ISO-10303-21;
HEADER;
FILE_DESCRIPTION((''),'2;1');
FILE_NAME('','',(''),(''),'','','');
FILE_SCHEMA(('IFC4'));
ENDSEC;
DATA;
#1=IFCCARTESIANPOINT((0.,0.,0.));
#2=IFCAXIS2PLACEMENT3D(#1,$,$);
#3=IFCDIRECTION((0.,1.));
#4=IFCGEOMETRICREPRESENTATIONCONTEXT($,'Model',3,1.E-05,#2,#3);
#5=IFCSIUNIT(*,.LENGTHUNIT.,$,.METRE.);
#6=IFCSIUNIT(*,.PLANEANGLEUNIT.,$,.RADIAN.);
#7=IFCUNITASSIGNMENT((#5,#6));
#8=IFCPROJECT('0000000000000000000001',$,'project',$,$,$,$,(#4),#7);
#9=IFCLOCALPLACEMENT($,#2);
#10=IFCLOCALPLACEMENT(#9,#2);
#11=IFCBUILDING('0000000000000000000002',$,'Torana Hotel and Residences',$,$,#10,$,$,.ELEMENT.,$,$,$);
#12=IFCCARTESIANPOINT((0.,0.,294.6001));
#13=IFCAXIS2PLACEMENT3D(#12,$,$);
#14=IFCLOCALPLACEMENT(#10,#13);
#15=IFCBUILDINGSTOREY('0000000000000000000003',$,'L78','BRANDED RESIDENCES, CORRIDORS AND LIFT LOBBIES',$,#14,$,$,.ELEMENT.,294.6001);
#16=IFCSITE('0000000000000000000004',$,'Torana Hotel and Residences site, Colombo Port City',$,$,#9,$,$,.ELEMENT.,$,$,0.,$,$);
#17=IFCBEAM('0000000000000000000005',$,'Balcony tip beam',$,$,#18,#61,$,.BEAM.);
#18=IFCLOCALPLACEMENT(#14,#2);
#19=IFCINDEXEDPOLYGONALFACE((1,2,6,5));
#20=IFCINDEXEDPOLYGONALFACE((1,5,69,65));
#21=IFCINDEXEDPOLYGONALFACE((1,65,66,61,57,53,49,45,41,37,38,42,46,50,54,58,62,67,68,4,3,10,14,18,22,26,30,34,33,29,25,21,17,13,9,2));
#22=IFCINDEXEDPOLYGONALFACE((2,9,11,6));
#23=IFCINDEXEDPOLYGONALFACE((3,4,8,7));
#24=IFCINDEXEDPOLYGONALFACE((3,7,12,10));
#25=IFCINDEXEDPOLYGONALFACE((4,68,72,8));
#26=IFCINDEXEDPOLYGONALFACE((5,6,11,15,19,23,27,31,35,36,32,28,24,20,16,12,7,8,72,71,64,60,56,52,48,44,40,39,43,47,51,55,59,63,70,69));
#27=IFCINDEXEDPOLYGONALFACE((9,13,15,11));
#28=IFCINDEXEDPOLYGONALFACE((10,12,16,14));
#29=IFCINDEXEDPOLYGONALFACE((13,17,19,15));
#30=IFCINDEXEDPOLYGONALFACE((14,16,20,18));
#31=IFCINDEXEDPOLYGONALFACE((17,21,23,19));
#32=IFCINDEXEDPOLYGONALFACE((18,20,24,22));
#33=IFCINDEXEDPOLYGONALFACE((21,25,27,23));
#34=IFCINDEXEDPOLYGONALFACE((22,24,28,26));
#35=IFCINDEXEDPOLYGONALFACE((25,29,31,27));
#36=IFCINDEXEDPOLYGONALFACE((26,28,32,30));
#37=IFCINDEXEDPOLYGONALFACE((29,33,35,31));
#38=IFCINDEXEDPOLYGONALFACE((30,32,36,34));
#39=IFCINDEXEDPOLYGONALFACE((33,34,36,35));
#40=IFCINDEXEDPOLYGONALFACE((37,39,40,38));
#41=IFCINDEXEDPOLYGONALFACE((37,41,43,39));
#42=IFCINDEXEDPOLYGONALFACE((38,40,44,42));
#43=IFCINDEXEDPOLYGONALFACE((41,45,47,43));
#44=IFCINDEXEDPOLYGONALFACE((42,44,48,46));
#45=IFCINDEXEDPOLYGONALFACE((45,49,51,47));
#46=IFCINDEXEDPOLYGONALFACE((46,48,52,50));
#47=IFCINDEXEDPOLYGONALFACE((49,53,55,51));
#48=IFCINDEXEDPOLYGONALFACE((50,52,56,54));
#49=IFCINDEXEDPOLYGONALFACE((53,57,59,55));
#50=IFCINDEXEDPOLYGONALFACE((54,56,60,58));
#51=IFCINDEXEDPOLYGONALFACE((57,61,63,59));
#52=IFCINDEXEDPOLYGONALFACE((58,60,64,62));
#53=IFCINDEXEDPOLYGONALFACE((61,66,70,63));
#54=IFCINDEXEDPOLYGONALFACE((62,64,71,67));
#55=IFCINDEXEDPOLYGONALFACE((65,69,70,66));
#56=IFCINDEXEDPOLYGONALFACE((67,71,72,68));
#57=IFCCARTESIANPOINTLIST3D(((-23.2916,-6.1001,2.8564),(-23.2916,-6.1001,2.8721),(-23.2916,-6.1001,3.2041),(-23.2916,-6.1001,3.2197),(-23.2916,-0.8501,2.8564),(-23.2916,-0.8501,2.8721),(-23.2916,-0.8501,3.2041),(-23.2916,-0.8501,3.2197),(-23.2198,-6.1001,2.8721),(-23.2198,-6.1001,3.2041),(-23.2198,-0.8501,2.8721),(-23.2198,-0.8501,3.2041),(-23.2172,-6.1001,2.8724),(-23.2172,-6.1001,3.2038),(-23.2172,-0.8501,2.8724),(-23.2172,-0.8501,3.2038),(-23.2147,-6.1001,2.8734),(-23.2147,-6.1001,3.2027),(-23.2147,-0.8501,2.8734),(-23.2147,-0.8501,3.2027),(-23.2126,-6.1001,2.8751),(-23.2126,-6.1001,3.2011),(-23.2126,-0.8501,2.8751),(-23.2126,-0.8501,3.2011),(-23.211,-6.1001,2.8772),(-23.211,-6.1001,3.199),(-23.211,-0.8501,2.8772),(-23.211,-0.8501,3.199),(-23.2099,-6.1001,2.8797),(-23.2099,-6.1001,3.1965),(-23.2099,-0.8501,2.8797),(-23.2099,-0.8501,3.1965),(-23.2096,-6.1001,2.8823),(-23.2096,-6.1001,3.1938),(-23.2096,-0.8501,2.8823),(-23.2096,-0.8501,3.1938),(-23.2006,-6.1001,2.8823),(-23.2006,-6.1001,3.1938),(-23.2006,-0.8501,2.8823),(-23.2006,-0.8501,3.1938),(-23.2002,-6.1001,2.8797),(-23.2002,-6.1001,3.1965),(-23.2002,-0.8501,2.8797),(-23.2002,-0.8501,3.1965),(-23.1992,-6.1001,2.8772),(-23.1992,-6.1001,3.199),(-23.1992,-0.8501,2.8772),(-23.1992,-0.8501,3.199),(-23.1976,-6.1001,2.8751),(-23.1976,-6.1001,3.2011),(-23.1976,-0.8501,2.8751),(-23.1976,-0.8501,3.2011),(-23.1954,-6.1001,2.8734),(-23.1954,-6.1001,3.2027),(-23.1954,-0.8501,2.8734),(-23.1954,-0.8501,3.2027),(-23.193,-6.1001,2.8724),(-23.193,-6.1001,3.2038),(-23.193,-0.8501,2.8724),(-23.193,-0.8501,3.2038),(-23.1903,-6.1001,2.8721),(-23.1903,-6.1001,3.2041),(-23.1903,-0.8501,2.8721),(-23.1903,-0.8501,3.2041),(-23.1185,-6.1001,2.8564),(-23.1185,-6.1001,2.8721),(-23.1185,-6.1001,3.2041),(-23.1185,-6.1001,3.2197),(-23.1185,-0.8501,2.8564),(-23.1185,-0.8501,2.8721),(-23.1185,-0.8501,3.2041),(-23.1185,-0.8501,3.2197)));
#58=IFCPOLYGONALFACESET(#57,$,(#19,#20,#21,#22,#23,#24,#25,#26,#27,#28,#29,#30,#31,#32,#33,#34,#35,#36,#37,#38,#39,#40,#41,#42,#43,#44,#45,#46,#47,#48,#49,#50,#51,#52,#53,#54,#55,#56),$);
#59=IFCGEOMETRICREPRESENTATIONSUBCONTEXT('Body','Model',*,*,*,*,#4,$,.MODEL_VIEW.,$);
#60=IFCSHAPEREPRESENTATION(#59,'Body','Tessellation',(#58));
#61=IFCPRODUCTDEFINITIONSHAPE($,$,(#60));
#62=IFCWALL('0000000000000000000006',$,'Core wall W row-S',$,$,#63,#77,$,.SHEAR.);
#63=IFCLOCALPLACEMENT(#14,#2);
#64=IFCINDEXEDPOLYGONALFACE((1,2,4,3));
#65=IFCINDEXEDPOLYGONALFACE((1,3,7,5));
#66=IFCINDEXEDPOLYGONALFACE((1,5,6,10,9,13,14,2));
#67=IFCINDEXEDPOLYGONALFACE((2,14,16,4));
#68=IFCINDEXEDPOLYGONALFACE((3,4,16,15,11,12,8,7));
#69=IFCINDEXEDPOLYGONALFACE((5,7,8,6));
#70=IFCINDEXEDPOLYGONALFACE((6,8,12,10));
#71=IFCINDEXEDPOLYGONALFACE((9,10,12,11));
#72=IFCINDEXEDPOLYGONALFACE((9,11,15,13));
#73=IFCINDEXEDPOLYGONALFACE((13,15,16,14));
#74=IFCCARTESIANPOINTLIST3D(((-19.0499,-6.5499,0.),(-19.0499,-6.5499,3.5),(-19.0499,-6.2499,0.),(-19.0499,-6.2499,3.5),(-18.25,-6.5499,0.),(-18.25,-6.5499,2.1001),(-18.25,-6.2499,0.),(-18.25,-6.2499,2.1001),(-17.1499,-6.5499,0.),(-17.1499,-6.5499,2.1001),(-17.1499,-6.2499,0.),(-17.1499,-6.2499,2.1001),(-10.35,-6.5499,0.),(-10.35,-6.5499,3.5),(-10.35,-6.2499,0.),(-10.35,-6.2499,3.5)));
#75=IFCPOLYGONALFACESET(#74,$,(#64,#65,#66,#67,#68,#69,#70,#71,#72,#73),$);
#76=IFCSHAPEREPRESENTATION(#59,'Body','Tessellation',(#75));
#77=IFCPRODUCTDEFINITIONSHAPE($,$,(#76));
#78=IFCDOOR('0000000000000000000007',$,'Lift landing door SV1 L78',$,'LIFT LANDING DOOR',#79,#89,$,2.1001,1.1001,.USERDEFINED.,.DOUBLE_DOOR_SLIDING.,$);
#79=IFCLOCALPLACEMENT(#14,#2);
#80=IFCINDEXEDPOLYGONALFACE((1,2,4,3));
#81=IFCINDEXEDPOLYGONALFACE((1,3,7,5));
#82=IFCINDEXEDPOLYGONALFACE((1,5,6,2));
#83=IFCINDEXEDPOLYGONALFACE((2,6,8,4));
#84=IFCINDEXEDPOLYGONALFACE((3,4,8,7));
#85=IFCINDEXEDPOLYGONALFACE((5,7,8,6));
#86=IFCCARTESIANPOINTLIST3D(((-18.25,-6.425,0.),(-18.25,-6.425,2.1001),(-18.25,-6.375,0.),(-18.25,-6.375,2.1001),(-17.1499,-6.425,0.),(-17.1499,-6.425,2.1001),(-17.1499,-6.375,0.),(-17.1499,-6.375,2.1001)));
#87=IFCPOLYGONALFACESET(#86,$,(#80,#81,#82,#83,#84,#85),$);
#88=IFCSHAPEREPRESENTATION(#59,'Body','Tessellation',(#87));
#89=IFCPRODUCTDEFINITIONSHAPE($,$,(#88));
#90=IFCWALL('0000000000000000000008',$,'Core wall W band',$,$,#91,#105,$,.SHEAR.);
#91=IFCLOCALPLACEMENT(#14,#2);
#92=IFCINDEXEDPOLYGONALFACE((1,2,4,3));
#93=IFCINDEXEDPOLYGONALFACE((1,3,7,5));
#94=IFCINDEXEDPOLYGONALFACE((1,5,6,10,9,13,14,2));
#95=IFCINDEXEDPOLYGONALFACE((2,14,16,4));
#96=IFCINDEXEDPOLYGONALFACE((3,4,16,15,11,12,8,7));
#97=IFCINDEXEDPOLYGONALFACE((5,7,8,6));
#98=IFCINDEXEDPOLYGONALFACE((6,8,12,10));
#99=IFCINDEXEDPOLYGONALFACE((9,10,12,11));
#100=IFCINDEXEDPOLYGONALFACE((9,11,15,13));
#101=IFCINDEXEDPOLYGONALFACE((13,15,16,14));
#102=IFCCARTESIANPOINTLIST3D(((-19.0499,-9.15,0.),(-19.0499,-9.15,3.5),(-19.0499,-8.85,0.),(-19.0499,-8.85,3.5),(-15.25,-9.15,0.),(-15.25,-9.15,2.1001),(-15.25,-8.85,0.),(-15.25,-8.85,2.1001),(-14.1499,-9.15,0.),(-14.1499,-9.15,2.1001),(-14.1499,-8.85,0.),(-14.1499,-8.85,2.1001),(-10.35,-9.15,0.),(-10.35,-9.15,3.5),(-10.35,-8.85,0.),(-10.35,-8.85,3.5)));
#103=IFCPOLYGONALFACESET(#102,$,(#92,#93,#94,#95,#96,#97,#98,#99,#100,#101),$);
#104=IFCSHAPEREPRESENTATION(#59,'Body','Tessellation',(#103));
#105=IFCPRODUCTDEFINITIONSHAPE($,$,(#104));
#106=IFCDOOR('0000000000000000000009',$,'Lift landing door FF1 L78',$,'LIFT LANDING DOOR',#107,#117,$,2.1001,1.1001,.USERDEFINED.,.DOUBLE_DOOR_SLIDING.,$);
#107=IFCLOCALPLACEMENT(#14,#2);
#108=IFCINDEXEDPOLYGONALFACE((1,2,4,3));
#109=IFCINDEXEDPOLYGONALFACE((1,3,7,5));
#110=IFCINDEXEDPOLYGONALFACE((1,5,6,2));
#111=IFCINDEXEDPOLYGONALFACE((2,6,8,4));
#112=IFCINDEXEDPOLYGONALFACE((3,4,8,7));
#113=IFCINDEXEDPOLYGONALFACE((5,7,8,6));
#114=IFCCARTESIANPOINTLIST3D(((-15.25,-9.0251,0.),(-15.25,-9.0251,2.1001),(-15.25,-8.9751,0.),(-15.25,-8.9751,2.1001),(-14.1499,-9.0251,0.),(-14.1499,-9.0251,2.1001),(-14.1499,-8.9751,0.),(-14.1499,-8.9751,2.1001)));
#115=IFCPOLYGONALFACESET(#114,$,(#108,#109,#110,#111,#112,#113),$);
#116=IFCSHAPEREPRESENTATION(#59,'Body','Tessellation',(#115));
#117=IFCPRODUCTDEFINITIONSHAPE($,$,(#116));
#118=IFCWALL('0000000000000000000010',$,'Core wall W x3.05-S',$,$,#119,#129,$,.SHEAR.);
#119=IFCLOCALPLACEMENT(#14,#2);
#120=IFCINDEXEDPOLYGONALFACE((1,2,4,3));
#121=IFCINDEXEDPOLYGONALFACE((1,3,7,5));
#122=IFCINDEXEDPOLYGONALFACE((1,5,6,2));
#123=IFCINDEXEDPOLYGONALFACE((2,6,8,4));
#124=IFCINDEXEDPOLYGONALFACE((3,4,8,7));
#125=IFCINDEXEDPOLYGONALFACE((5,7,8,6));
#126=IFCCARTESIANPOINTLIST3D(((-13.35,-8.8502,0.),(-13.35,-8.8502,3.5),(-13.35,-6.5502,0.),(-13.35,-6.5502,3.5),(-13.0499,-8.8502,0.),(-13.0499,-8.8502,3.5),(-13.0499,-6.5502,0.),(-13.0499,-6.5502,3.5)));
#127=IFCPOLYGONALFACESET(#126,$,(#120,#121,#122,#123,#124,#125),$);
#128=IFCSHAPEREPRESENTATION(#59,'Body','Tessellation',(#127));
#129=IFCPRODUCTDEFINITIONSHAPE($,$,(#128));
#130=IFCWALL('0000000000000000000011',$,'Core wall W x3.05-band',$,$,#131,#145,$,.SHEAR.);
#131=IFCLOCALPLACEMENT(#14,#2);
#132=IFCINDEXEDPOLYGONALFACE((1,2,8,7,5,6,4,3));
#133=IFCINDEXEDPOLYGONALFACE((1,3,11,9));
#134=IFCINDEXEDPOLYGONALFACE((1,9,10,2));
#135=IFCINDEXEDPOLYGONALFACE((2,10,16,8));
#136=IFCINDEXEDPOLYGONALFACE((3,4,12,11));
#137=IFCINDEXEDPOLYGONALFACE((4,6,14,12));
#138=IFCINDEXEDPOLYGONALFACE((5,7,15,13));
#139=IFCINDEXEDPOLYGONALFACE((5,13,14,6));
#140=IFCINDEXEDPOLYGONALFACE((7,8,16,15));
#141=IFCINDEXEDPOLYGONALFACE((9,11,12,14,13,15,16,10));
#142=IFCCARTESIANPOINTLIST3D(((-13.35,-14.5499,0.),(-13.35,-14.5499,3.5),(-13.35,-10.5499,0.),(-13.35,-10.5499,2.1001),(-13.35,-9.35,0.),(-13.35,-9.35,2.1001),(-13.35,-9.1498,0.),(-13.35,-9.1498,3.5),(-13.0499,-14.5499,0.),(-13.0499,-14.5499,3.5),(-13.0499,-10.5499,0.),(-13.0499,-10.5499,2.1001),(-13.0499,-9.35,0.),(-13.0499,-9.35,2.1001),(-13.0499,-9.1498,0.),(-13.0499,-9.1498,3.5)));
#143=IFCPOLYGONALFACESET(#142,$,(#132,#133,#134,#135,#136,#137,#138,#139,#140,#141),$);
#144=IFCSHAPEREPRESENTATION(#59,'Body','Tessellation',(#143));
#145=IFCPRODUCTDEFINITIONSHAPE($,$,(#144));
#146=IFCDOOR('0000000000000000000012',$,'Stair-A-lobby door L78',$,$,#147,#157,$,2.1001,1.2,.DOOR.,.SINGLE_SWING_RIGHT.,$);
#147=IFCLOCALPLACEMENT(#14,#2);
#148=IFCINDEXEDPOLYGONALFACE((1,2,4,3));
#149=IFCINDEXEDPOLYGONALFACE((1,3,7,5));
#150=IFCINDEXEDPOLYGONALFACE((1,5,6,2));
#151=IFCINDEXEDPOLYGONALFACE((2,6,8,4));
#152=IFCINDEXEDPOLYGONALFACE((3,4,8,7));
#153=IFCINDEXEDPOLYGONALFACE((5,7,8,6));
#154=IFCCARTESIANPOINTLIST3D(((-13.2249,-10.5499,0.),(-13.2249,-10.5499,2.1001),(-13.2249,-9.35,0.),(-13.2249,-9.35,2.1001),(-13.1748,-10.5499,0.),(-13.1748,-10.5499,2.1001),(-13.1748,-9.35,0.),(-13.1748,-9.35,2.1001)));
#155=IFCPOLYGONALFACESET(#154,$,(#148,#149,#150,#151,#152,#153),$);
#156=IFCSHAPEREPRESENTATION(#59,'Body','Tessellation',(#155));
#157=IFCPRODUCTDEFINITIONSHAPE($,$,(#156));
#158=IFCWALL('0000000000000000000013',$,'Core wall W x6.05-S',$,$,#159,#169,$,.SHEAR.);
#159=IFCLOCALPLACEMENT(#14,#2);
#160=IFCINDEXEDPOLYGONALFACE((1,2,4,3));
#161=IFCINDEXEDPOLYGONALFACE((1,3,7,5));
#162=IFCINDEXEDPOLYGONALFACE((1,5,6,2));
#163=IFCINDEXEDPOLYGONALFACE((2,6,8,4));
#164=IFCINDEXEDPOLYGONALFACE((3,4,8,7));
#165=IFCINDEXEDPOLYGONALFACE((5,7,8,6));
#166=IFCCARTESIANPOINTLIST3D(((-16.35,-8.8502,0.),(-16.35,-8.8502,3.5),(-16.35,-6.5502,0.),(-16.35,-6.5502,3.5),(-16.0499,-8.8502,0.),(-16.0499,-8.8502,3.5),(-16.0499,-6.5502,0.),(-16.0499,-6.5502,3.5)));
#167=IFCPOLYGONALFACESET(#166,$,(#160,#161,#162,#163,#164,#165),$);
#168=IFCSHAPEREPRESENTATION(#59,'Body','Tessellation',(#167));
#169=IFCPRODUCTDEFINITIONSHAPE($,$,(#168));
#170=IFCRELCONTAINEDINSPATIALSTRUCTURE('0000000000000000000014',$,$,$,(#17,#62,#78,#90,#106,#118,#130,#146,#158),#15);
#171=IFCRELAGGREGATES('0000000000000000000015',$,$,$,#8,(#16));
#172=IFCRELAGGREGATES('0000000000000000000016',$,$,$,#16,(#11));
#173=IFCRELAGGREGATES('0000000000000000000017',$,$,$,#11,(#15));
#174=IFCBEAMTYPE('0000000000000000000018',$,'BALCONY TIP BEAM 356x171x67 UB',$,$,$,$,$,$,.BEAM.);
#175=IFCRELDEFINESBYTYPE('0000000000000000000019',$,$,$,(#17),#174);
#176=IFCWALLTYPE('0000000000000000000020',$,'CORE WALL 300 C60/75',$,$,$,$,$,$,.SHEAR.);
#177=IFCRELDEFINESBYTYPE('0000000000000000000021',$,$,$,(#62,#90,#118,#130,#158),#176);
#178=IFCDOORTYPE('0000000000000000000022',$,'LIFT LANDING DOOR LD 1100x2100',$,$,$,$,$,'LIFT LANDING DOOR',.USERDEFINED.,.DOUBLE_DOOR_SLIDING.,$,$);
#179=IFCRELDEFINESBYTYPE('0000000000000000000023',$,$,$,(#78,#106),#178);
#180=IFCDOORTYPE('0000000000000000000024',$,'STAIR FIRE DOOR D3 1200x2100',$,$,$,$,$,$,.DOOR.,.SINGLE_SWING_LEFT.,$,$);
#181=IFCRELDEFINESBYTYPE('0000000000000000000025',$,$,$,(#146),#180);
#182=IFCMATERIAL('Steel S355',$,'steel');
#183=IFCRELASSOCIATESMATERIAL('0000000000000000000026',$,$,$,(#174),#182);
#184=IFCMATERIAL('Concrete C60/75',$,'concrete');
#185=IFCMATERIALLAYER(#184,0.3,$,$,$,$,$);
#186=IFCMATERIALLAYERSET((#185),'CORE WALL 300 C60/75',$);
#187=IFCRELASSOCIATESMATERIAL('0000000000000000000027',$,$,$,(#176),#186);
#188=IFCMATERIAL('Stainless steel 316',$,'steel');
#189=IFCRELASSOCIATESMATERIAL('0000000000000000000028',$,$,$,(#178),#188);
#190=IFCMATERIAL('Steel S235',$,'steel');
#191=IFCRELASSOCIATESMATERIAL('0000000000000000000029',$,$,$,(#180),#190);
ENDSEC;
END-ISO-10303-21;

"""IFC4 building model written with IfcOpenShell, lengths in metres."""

from ifc_helpers import new_model, si_unit, direction, frame, frame_2d, origin, origin_2d, place, context, subcontext, project, spatial, rectangle, i_section, extrude, material, layer, layer_set, material_profile, profile_set, type_object, element, fill, save


model = new_model("IFC4")

# Units and contexts
model_context = context("Model", 3, precision=1e-05, world=origin(), true_north=direction((0.0, 1.0)))
body_context = subcontext(model_context, "Body", "Model", "MODEL_VIEW")
ifc_project = project(units=[si_unit("LENGTHUNIT", "METRE"), si_unit("PLANEANGLEUNIT", "RADIAN")], contexts=[model_context])

# Site, building, storey
site_placement = place(None, origin())
site = spatial("IfcSite", under=ifc_project, at=site_placement, Name="Torana Hotel and Residences site, Colombo Port City", CompositionType="ELEMENT", RefElevation=0.0)
building_placement = place(site_placement, origin())
building = spatial("IfcBuilding", under=site, at=building_placement, Name="Torana Hotel and Residences", CompositionType="ELEMENT")
storey_placement = place(building_placement, frame((0.0, 0.0, 294.6001)))
storey = spatial("IfcBuildingStorey", under=building, at=storey_placement, Name="L78", Description="BRANDED RESIDENCES, CORRIDORS AND LIFT LOBBIES", CompositionType="ELEMENT", Elevation=294.6001)

# Beam
ifc_material_1 = material(Name="Steel S355", Category="steel")
ifc_material_profile = material_profile(ifc_material_1, i_section(OverallWidth=0.1731, OverallDepth=0.3633, WebThickness=0.009, FlangeThickness=0.0156, FilletRadius=0.0103, at=origin_2d()), Name="356x171x67 UB")
ifc_profile_set = profile_set([ifc_material_profile], Name="Steel S355")
beam_type = type_object("IfcBeamType", Name="BALCONY TIP BEAM 356x171x67 UB", PredefinedType="BEAM", material=ifc_profile_set)
beam_placement = place(storey_placement, frame((-23.2051, -6.1001, 3.0381), z_axis=(0.0, 1.0, 0.0), x_axis=(-1.0, 0.0, 0.0)))
element("IfcBeam", 1, at=beam_placement, inside=storey, type_object=beam_type, Name="Balcony tip beam", PredefinedType="BEAM", context=body_context, shape_type="SweptSolid", body=[
    extrude(i_section(OverallWidth=0.1731, OverallDepth=0.3633, WebThickness=0.009, FlangeThickness=0.0156, FilletRadius=0.0103, at=origin_2d()), origin(), (0.0, 0.0, 1.0), 5.25),
])

# Walls, openings, doors
ifc_material_2 = material(Name="Concrete C60/75", Category="concrete")
ifc_layer_1 = layer(ifc_material_2, 0.3)
ifc_layer_set_1 = layer_set([ifc_layer_1], Name="CORE WALL 300 C60/75")
wall_type_1 = type_object("IfcWallType", Name="CORE WALL 300 C60/75", PredefinedType="SHEAR", material=ifc_layer_set_1)
wall_1_placement = place(storey_placement, frame((-19.05, -6.3999, 0.0), z_axis=(0.0, 0.0, 1.0), x_axis=(1.0, 0.0, 0.0)))
wall_1 = element("IfcWall", 2, at=wall_1_placement, inside=storey, type_object=wall_type_1, Name="Core wall W row-S", PredefinedType="SHEAR", context=body_context, shape_type="SweptSolid", body=[
    extrude(rectangle(XDim=8.7, YDim=0.3, at=frame_2d((4.3501, 0.0))), origin(), (0.0, 0.0, 1.0), 3.5),
])
opening_1_placement = place(wall_1_placement, frame((0.8, 0.0, 0.0)))
opening_1 = element("IfcOpeningElement", 3, at=opening_1_placement, cuts=wall_1, PredefinedType="OPENING", context=body_context, shape_type="SweptSolid", body=[
    extrude(rectangle(XDim=1.1001, YDim=2.1001, at=frame_2d((0.55, 1.05))), frame((0.0, 0.1599, 0.0), z_axis=(0.0, -1.0, 0.0), x_axis=(1.0, 0.0, 0.0)), (0.0, 0.0, 1.0), 0.3201),
])
ifc_material_3 = material(Name="Stainless steel 316", Category="steel")
door_type_1 = type_object("IfcDoorType", Name="LIFT LANDING DOOR LD 1100x2100", ElementType="LIFT LANDING DOOR", OperationType="DOUBLE_DOOR_SLIDING", PredefinedType="USERDEFINED", material=ifc_material_3)
door_1_placement = place(opening_1_placement, origin())
door_1 = element("IfcDoor", 4, at=door_1_placement, inside=storey, type_object=door_type_1, Name="Lift landing door SV1 L78", ObjectType="LIFT LANDING DOOR", OperationType="DOUBLE_DOOR_SLIDING", OverallHeight=2.1001, OverallWidth=1.1001, PredefinedType="USERDEFINED", context=body_context, shape_type="SweptSolid", body=[
    extrude(rectangle(XDim=1.1001, YDim=2.1001, at=frame_2d((0.55, 1.05))), frame((0.0, 0.0249, 0.0), z_axis=(0.0, -1.0, 0.0), x_axis=(1.0, 0.0, 0.0)), (0.0, 0.0, 1.0), 0.05),
])
fill(opening_1, door_1)
wall_2_placement = place(storey_placement, frame((-19.05, -9.0, 0.0), z_axis=(0.0, 0.0, 1.0), x_axis=(1.0, 0.0, 0.0)))
wall_2 = element("IfcWall", 5, at=wall_2_placement, inside=storey, type_object=wall_type_1, Name="Core wall W band", PredefinedType="SHEAR", context=body_context, shape_type="SweptSolid", body=[
    extrude(rectangle(XDim=8.7, YDim=0.3, at=frame_2d((4.3501, 0.0))), origin(), (0.0, 0.0, 1.0), 3.5),
])
opening_2_placement = place(wall_2_placement, frame((3.8, 0.0, 0.0)))
opening_2 = element("IfcOpeningElement", 6, at=opening_2_placement, cuts=wall_2, PredefinedType="OPENING", context=body_context, shape_type="SweptSolid", body=[
    extrude(rectangle(XDim=1.1001, YDim=2.1001, at=frame_2d((0.55, 1.05))), frame((0.0, 0.1599, 0.0), z_axis=(0.0, -1.0, 0.0), x_axis=(1.0, 0.0, 0.0)), (0.0, 0.0, 1.0), 0.3201),
])
door_2_placement = place(opening_2_placement, origin())
door_2 = element("IfcDoor", 7, at=door_2_placement, inside=storey, type_object=door_type_1, Name="Lift landing door FF1 L78", ObjectType="LIFT LANDING DOOR", OperationType="DOUBLE_DOOR_SLIDING", OverallHeight=2.1001, OverallWidth=1.1001, PredefinedType="USERDEFINED", context=body_context, shape_type="SweptSolid", body=[
    extrude(rectangle(XDim=1.1001, YDim=2.1001, at=frame_2d((0.55, 1.05))), frame((0.0, 0.0249, 0.0), z_axis=(0.0, -1.0, 0.0), x_axis=(1.0, 0.0, 0.0)), (0.0, 0.0, 1.0), 0.05),
])
fill(opening_2, door_2)

# Wall
wall_3_placement = place(storey_placement, frame((-13.2, -8.8501, 0.0), z_axis=(0.0, 0.0, 1.0), x_axis=(0.0, 1.0, 0.0)))
element("IfcWall", 8, at=wall_3_placement, inside=storey, type_object=wall_type_1, Name="Core wall W x3.05-S", PredefinedType="SHEAR", context=body_context, shape_type="SweptSolid", body=[
    extrude(rectangle(XDim=2.3, YDim=0.3, at=frame_2d((1.1499, 0.0))), origin(), (0.0, 0.0, 1.0), 3.5),
])

# Wall, opening, door
wall_4_placement = place(storey_placement, frame((-13.2, -14.55, 0.0), z_axis=(0.0, 0.0, 1.0), x_axis=(0.0, 1.0, 0.0)))
wall_4 = element("IfcWall", 9, at=wall_4_placement, inside=storey, type_object=wall_type_1, Name="Core wall W x3.05-band", PredefinedType="SHEAR", context=body_context, shape_type="SweptSolid", body=[
    extrude(rectangle(XDim=5.4001, YDim=0.3, at=frame_2d((2.7002, 0.0))), origin(), (0.0, 0.0, 1.0), 3.5),
])
opening_3_placement = place(wall_4_placement, frame((4.0, 0.0, 0.0)))
opening_3 = element("IfcOpeningElement", 10, at=opening_3_placement, cuts=wall_4, PredefinedType="OPENING", context=body_context, shape_type="SweptSolid", body=[
    extrude(rectangle(XDim=1.2, YDim=2.1001, at=frame_2d((0.6001, 1.05))), frame((0.0, 0.1599, 0.0), z_axis=(0.0, -1.0, 0.0), x_axis=(1.0, 0.0, 0.0)), (0.0, 0.0, 1.0), 0.3201),
])
ifc_material_4 = material(Name="Steel S235", Category="steel")
door_type_2 = type_object("IfcDoorType", Name="STAIR FIRE DOOR D3 1200x2100", OperationType="SINGLE_SWING_LEFT", PredefinedType="DOOR", material=ifc_material_4)
door_3_placement = place(opening_3_placement, frame((0.6001, 0.0, 0.0), z_axis=(0.0, 0.0, 1.0), x_axis=(-1.0, 0.0, 0.0)))
door_3 = element("IfcDoor", 11, at=door_3_placement, inside=storey, type_object=door_type_2, Name="Stair-A-lobby door L78", OperationType="SINGLE_SWING_RIGHT", OverallHeight=2.1001, OverallWidth=1.2, PredefinedType="DOOR", context=body_context, shape_type="SweptSolid", body=[
    extrude(rectangle(XDim=1.2, YDim=2.1001, at=frame_2d((0.0, 1.05))), frame((0.0, -0.0249, 0.0), z_axis=(0.0, 1.0, 0.0), x_axis=(-1.0, 0.0, 0.0)), (0.0, 0.0, 1.0), 0.05),
])
fill(opening_3, door_3)

# Wall
wall_5_placement = place(storey_placement, frame((-16.2, -8.8501, 0.0), z_axis=(0.0, 0.0, 1.0), x_axis=(0.0, 1.0, 0.0)))
element("IfcWall", 12, at=wall_5_placement, inside=storey, type_object=wall_type_1, Name="Core wall W x6.05-S", PredefinedType="SHEAR", context=body_context, shape_type="SweptSolid", body=[
    extrude(rectangle(XDim=2.3, YDim=0.3, at=frame_2d((1.1499, 0.0))), origin(), (0.0, 0.0, 1.0), 3.5),
])

save(model, "model.ifc")
